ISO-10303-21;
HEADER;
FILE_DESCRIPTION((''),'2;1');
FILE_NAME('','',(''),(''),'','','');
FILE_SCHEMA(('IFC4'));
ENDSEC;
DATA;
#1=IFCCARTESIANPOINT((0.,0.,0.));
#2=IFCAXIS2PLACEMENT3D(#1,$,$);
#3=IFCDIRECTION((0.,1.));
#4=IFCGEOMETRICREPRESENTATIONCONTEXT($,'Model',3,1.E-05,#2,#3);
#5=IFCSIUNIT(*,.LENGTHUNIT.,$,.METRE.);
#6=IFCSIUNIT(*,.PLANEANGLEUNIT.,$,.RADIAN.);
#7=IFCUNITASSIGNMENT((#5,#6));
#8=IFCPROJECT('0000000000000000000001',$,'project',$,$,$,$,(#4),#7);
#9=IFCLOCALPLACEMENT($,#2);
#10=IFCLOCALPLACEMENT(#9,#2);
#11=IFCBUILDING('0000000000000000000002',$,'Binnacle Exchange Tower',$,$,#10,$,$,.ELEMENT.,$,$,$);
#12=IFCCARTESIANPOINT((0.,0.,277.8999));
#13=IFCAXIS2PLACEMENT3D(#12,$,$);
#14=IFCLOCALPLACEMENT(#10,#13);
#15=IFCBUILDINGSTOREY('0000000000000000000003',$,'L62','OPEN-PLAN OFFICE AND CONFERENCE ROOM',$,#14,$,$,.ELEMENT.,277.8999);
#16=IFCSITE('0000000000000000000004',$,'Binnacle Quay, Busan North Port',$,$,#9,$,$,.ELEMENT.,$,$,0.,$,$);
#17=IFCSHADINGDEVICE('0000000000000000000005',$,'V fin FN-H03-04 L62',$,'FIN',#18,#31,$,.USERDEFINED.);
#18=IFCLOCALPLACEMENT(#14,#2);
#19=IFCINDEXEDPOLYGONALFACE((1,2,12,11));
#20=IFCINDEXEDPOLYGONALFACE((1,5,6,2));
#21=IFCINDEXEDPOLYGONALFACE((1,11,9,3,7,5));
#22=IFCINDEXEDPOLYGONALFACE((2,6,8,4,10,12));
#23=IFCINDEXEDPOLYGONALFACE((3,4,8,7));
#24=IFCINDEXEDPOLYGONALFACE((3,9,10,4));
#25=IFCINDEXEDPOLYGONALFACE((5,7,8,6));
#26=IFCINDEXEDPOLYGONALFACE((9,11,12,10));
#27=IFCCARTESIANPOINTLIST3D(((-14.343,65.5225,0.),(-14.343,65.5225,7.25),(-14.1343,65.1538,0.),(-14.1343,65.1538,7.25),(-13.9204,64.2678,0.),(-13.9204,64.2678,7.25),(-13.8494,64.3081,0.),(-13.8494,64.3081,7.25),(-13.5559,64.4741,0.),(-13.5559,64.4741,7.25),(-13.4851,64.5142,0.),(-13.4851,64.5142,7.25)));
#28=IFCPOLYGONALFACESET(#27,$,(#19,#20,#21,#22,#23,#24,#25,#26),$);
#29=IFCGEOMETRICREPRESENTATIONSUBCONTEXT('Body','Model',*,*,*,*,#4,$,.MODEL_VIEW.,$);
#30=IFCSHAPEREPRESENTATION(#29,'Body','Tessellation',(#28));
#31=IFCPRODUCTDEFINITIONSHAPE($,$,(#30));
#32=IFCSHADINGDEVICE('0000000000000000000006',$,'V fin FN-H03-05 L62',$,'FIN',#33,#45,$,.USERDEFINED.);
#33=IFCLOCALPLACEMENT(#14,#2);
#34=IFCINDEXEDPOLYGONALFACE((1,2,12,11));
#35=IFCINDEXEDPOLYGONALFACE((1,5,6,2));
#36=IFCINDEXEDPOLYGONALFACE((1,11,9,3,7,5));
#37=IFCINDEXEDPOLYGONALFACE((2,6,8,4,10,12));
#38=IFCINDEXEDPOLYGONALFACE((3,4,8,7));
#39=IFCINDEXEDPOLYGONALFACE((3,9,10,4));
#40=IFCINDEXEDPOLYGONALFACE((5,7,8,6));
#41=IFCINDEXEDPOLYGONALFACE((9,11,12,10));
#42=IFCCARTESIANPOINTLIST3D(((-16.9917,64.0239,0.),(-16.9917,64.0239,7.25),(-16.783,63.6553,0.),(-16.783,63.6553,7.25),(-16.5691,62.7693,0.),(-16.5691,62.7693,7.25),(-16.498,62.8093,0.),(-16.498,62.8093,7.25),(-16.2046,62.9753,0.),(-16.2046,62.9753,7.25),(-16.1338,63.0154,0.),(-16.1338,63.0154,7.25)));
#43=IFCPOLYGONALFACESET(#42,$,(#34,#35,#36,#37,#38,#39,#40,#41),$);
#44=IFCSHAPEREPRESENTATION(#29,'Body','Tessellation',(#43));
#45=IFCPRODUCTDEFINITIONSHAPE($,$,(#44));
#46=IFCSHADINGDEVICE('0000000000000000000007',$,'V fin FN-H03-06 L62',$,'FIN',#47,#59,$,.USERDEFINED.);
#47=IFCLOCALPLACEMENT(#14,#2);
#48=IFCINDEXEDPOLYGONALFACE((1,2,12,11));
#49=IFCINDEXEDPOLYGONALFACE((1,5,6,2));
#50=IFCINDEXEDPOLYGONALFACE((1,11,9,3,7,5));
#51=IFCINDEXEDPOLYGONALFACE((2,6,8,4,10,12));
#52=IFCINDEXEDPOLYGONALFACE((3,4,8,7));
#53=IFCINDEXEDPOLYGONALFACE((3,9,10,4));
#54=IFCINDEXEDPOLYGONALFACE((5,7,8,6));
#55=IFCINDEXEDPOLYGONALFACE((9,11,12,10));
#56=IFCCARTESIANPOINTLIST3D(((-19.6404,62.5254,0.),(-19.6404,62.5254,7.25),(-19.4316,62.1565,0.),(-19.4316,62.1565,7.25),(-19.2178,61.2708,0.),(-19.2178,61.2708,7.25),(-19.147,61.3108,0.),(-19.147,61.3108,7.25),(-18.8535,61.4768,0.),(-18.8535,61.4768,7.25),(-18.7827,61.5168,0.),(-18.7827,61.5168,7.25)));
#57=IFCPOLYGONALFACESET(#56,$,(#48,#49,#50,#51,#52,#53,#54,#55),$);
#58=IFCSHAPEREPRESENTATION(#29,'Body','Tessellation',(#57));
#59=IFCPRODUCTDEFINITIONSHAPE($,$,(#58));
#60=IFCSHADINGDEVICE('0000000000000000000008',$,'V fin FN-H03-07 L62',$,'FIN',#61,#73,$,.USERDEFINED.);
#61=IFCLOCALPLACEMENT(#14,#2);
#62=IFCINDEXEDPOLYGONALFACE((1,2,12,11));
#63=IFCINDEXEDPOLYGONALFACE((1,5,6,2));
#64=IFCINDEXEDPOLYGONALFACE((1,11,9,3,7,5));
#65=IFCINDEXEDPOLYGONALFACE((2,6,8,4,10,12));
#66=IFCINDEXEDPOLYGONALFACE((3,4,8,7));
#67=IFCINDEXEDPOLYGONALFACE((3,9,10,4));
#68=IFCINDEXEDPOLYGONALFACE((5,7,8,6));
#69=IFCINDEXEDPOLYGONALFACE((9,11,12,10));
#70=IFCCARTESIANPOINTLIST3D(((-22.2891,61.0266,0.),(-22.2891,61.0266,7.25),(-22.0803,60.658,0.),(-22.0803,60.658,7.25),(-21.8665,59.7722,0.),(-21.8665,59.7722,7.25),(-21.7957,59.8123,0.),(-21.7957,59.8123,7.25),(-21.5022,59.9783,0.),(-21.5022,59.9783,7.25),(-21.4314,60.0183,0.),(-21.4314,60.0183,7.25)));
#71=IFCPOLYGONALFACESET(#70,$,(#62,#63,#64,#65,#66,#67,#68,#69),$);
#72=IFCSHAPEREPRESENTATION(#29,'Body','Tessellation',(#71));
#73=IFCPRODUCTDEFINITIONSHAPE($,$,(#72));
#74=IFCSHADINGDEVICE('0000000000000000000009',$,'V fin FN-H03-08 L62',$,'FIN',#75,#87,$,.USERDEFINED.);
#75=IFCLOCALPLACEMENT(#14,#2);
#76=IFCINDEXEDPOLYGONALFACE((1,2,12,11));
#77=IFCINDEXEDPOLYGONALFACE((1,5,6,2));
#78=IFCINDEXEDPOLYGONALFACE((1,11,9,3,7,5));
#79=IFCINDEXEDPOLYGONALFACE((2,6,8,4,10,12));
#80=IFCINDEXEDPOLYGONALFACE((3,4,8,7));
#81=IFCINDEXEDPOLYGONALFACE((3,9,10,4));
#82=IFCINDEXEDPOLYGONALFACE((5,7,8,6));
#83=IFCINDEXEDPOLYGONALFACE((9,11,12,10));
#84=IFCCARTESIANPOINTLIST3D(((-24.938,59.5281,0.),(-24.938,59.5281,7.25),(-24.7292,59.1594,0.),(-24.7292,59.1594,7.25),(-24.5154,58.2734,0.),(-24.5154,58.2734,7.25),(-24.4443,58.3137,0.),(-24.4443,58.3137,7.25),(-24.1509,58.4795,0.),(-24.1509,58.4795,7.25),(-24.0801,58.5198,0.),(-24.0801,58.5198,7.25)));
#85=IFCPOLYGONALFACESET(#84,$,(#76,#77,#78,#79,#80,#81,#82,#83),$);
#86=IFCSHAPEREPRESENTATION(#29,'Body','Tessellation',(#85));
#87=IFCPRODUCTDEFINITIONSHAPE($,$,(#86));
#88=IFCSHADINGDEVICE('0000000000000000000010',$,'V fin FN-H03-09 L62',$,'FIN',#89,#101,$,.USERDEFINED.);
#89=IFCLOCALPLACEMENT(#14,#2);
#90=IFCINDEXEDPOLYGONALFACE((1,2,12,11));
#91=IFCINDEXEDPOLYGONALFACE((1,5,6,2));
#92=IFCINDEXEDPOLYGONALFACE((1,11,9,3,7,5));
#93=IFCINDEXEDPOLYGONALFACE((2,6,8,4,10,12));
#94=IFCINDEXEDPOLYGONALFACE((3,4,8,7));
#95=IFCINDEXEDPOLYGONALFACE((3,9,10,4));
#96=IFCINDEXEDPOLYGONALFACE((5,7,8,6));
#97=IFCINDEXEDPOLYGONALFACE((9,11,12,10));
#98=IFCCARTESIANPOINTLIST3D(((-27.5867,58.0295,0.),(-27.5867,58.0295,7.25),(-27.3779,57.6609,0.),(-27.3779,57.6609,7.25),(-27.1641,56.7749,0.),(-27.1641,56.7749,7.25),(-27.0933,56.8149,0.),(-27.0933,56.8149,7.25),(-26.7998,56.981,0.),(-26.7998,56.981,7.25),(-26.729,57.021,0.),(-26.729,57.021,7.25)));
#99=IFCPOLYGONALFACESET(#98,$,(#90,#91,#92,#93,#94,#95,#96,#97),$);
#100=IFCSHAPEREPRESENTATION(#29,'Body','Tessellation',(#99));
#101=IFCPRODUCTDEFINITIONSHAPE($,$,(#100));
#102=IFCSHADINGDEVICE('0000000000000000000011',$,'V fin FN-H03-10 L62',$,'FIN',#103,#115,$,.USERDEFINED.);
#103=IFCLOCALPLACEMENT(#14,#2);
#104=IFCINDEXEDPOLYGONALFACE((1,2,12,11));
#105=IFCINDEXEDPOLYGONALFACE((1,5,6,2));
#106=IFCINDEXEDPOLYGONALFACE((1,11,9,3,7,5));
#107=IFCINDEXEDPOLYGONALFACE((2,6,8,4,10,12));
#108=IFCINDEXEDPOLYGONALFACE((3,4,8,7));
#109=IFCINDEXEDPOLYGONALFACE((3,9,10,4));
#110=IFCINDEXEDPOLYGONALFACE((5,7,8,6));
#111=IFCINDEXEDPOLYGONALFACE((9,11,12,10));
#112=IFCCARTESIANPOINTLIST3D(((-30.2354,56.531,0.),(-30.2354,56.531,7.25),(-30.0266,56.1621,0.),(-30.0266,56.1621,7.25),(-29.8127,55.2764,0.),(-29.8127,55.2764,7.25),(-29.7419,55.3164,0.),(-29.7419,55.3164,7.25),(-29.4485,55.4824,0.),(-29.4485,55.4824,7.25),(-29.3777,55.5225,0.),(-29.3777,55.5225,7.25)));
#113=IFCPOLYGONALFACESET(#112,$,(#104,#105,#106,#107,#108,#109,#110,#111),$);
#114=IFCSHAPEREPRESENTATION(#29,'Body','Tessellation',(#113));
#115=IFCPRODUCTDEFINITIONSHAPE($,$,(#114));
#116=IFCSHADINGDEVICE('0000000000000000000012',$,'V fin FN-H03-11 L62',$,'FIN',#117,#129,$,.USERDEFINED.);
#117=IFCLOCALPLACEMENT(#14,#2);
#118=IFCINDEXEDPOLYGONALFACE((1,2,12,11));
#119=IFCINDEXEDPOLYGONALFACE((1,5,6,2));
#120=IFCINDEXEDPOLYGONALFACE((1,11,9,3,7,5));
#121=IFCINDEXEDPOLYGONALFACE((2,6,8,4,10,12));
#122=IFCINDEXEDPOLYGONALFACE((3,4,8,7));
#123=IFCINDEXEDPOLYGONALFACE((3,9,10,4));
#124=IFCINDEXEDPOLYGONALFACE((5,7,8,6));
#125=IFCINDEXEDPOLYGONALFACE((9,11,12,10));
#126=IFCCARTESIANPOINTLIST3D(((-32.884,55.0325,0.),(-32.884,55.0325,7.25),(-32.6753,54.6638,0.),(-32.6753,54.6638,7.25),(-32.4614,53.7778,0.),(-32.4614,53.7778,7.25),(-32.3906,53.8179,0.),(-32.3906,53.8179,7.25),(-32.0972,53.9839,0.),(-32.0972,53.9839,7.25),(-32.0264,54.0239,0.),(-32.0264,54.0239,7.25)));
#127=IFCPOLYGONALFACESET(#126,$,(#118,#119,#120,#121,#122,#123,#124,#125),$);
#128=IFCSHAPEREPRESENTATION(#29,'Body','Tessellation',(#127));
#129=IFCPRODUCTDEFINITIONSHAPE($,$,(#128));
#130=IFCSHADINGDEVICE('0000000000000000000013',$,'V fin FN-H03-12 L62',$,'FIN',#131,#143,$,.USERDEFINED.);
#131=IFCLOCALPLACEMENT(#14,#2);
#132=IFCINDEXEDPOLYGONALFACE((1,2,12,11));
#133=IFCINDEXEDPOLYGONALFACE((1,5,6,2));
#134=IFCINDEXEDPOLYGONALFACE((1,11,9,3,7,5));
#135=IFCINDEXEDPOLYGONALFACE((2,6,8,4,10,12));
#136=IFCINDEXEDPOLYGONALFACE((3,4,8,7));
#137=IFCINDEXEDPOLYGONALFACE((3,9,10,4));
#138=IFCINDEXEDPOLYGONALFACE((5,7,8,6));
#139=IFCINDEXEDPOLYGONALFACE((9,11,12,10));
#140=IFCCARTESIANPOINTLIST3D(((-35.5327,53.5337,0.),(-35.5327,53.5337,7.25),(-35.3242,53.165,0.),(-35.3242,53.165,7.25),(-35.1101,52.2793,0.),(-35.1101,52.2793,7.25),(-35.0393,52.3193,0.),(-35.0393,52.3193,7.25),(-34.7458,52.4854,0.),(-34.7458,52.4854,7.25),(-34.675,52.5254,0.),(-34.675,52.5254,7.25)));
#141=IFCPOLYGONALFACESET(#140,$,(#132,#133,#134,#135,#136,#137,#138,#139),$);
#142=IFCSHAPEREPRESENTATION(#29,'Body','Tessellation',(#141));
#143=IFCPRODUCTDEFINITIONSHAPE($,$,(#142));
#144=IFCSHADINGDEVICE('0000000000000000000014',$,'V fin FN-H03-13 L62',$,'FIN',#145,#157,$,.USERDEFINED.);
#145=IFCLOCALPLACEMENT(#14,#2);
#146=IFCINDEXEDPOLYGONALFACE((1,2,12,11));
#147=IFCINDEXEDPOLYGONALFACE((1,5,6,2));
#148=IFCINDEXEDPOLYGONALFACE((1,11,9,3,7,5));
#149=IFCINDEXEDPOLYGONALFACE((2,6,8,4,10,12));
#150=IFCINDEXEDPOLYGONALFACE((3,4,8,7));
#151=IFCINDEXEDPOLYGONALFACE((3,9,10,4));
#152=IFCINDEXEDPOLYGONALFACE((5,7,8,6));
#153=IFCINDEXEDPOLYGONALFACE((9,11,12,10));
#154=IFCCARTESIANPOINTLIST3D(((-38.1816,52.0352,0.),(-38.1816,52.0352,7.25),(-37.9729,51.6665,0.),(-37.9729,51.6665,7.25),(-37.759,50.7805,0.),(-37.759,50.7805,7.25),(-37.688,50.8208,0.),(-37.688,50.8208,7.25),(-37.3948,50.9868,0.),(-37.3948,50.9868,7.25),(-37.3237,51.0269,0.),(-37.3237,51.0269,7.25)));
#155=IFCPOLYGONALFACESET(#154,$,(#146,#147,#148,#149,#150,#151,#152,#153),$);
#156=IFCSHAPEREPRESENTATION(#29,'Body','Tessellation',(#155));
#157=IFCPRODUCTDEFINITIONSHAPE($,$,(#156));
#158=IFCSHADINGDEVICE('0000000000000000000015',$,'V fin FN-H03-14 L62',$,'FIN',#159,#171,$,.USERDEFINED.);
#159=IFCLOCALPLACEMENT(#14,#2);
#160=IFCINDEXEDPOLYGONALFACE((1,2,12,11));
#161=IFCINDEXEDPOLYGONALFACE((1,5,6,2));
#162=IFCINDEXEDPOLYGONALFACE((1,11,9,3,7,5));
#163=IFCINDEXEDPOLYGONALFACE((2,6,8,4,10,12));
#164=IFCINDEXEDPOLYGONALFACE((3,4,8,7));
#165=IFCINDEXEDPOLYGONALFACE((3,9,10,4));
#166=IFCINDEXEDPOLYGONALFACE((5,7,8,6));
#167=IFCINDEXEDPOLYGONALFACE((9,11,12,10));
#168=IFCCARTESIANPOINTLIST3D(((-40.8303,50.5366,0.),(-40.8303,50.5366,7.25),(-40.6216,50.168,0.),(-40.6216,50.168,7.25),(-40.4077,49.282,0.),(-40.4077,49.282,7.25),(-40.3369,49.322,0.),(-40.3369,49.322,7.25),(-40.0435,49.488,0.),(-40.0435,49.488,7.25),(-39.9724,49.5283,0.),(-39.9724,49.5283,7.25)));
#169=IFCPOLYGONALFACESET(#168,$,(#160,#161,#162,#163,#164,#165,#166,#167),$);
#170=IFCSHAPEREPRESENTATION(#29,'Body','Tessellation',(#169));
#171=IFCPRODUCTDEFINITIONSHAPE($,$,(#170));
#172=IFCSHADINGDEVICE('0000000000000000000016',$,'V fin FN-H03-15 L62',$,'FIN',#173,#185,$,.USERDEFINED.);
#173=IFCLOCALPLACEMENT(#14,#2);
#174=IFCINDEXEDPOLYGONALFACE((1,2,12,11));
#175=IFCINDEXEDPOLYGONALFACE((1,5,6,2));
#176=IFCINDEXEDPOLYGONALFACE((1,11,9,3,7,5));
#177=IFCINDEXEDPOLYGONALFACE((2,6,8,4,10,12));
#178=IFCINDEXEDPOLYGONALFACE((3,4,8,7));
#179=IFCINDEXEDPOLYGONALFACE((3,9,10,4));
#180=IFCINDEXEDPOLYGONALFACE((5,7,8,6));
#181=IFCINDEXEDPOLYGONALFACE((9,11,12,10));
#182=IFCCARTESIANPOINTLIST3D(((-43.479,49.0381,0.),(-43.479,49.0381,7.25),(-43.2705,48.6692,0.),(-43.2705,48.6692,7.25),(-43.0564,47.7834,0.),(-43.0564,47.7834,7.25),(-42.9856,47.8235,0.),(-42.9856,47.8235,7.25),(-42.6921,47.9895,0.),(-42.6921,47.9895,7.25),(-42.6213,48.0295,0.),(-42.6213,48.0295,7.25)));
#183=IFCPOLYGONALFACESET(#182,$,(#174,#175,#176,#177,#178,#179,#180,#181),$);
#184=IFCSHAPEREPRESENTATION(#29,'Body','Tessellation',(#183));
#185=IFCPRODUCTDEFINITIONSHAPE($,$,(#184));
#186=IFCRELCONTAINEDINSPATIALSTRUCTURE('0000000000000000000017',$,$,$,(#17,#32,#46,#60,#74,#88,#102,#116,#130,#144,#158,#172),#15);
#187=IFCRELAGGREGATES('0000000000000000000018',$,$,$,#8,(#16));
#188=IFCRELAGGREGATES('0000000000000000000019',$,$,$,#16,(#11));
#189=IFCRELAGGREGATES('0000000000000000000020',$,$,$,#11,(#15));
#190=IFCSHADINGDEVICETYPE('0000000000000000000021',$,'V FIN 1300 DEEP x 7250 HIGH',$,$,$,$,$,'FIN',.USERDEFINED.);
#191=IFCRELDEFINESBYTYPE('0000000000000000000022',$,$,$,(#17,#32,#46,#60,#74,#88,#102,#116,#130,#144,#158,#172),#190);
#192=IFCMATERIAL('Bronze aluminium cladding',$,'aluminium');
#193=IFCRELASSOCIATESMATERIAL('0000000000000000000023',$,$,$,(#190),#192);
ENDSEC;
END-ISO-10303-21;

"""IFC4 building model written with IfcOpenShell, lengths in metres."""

from ifc_helpers import new_model, si_unit, direction, frame, origin, place, context, subcontext, project, spatial, polyline, outline, extrude, material, type_object, element, save


model = new_model("IFC4")

# Units and contexts
model_context = context("Model", 3, precision=1e-05, world=origin(), true_north=direction((0.0, 1.0)))
body_context = subcontext(model_context, "Body", "Model", "MODEL_VIEW")
ifc_project = project(units=[si_unit("LENGTHUNIT", "METRE"), si_unit("PLANEANGLEUNIT", "RADIAN")], contexts=[model_context])

# Site, building, storey
site_placement = place(None, origin())
site = spatial("IfcSite", under=ifc_project, at=site_placement, Name="Binnacle Quay, Busan North Port", CompositionType="ELEMENT", RefElevation=0.0)
building_placement = place(site_placement, origin())
building = spatial("IfcBuilding", under=site, at=building_placement, Name="Binnacle Exchange Tower", CompositionType="ELEMENT")
storey_placement = place(building_placement, frame((0.0, 0.0, 277.8999)))
storey = spatial("IfcBuildingStorey", under=building, at=storey_placement, Name="L62", Description="OPEN-PLAN OFFICE AND CONFERENCE ROOM", CompositionType="ELEMENT", Elevation=277.8999)

# Shading devices
ifc_material_1 = material(Name="Bronze aluminium cladding", Category="aluminium")
shading_device_type = type_object("IfcShadingDeviceType", Name="V FIN 1300 DEEP x 7250 HIGH", ElementType="FIN", PredefinedType="USERDEFINED", material=ifc_material_1)
shading_device_1_placement = place(storey_placement, origin())
element("IfcShadingDevice", 1, at=shading_device_1_placement, inside=storey, type_object=shading_device_type, Name="V fin FN-H03-04 L62", ObjectType="FIN", PredefinedType="USERDEFINED", context=body_context, shape_type="SweptSolid", body=[
    extrude(outline(polyline([(-13.4851, 64.5142), (-14.343, 65.5225), (-13.9204, 64.2678), (-13.8494, 64.3081), (-14.1343, 65.1538), (-13.5559, 64.4741), (-13.4851, 64.5142)])), origin(), (0.0, 0.0, 1.0), 7.25),
])
shading_device_2_placement = place(storey_placement, origin())
element("IfcShadingDevice", 2, at=shading_device_2_placement, inside=storey, type_object=shading_device_type, Name="V fin FN-H03-05 L62", ObjectType="FIN", PredefinedType="USERDEFINED", context=body_context, shape_type="SweptSolid", body=[
    extrude(outline(polyline([(-16.1338, 63.0154), (-16.9917, 64.0239), (-16.5691, 62.7693), (-16.498, 62.8093), (-16.783, 63.6553), (-16.2046, 62.9753), (-16.1338, 63.0154)])), origin(), (0.0, 0.0, 1.0), 7.25),
])
shading_device_3_placement = place(storey_placement, origin())
element("IfcShadingDevice", 3, at=shading_device_3_placement, inside=storey, type_object=shading_device_type, Name="V fin FN-H03-06 L62", ObjectType="FIN", PredefinedType="USERDEFINED", context=body_context, shape_type="SweptSolid", body=[
    extrude(outline(polyline([(-18.7827, 61.5168), (-19.6404, 62.5254), (-19.2178, 61.2708), (-19.147, 61.3108), (-19.4316, 62.1565), (-18.8535, 61.4768), (-18.7827, 61.5168)])), origin(), (0.0, 0.0, 1.0), 7.25),
])
shading_device_4_placement = place(storey_placement, origin())
element("IfcShadingDevice", 4, at=shading_device_4_placement, inside=storey, type_object=shading_device_type, Name="V fin FN-H03-07 L62", ObjectType="FIN", PredefinedType="USERDEFINED", context=body_context, shape_type="SweptSolid", body=[
    extrude(outline(polyline([(-21.4314, 60.0183), (-22.2891, 61.0266), (-21.8665, 59.7722), (-21.7957, 59.8123), (-22.0803, 60.658), (-21.5022, 59.9783), (-21.4314, 60.0183)])), origin(), (0.0, 0.0, 1.0), 7.25),
])
shading_device_5_placement = place(storey_placement, origin())
element("IfcShadingDevice", 5, at=shading_device_5_placement, inside=storey, type_object=shading_device_type, Name="V fin FN-H03-08 L62", ObjectType="FIN", PredefinedType="USERDEFINED", context=body_context, shape_type="SweptSolid", body=[
    extrude(outline(polyline([(-24.0801, 58.5198), (-24.938, 59.5281), (-24.5154, 58.2734), (-24.4443, 58.3137), (-24.7292, 59.1594), (-24.1509, 58.4795), (-24.0801, 58.5198)])), origin(), (0.0, 0.0, 1.0), 7.25),
])
shading_device_6_placement = place(storey_placement, origin())
element("IfcShadingDevice", 6, at=shading_device_6_placement, inside=storey, type_object=shading_device_type, Name="V fin FN-H03-09 L62", ObjectType="FIN", PredefinedType="USERDEFINED", context=body_context, shape_type="SweptSolid", body=[
    extrude(outline(polyline([(-26.729, 57.021), (-27.5867, 58.0295), (-27.1641, 56.7749), (-27.0933, 56.8149), (-27.3779, 57.6609), (-26.7998, 56.981), (-26.729, 57.021)])), origin(), (0.0, 0.0, 1.0), 7.25),
])
shading_device_7_placement = place(storey_placement, origin())
element("IfcShadingDevice", 7, at=shading_device_7_placement, inside=storey, type_object=shading_device_type, Name="V fin FN-H03-10 L62", ObjectType="FIN", PredefinedType="USERDEFINED", context=body_context, shape_type="SweptSolid", body=[
    extrude(outline(polyline([(-29.3777, 55.5225), (-30.2354, 56.531), (-29.8127, 55.2764), (-29.7419, 55.3164), (-30.0266, 56.1621), (-29.4485, 55.4824), (-29.3777, 55.5225)])), origin(), (0.0, 0.0, 1.0), 7.25),
])
shading_device_8_placement = place(storey_placement, origin())
element("IfcShadingDevice", 8, at=shading_device_8_placement, inside=storey, type_object=shading_device_type, Name="V fin FN-H03-11 L62", ObjectType="FIN", PredefinedType="USERDEFINED", context=body_context, shape_type="SweptSolid", body=[
    extrude(outline(polyline([(-32.0264, 54.0239), (-32.884, 55.0325), (-32.4614, 53.7778), (-32.3906, 53.8179), (-32.6753, 54.6638), (-32.0972, 53.9839), (-32.0264, 54.0239)])), origin(), (0.0, 0.0, 1.0), 7.25),
])
shading_device_9_placement = place(storey_placement, origin())
element("IfcShadingDevice", 9, at=shading_device_9_placement, inside=storey, type_object=shading_device_type, Name="V fin FN-H03-12 L62", ObjectType="FIN", PredefinedType="USERDEFINED", context=body_context, shape_type="SweptSolid", body=[
    extrude(outline(polyline([(-34.675, 52.5254), (-35.5327, 53.5337), (-35.1101, 52.2793), (-35.0393, 52.3193), (-35.3242, 53.165), (-34.7458, 52.4854), (-34.675, 52.5254)])), origin(), (0.0, 0.0, 1.0), 7.25),
])
shading_device_10_placement = place(storey_placement, origin())
element("IfcShadingDevice", 10, at=shading_device_10_placement, inside=storey, type_object=shading_device_type, Name="V fin FN-H03-13 L62", ObjectType="FIN", PredefinedType="USERDEFINED", context=body_context, shape_type="SweptSolid", body=[
    extrude(outline(polyline([(-37.3237, 51.0269), (-38.1816, 52.0352), (-37.759, 50.7805), (-37.688, 50.8208), (-37.9729, 51.6665), (-37.3948, 50.9868), (-37.3237, 51.0269)])), origin(), (0.0, 0.0, 1.0), 7.25),
])
shading_device_11_placement = place(storey_placement, origin())
element("IfcShadingDevice", 11, at=shading_device_11_placement, inside=storey, type_object=shading_device_type, Name="V fin FN-H03-14 L62", ObjectType="FIN", PredefinedType="USERDEFINED", context=body_context, shape_type="SweptSolid", body=[
    extrude(outline(polyline([(-39.9724, 49.5283), (-40.8303, 50.5366), (-40.4077, 49.282), (-40.3369, 49.322), (-40.6216, 50.168), (-40.0435, 49.488), (-39.9724, 49.5283)])), origin(), (0.0, 0.0, 1.0), 7.25),
])
shading_device_12_placement = place(storey_placement, origin())
element("IfcShadingDevice", 12, at=shading_device_12_placement, inside=storey, type_object=shading_device_type, Name="V fin FN-H03-15 L62", ObjectType="FIN", PredefinedType="USERDEFINED", context=body_context, shape_type="SweptSolid", body=[
    extrude(outline(polyline([(-42.6213, 48.0295), (-43.479, 49.0381), (-43.0564, 47.7834), (-42.9856, 47.8235), (-43.2705, 48.6692), (-42.6921, 47.9895), (-42.6213, 48.0295)])), origin(), (0.0, 0.0, 1.0), 7.25),
])

save(model, "model.ifc")
